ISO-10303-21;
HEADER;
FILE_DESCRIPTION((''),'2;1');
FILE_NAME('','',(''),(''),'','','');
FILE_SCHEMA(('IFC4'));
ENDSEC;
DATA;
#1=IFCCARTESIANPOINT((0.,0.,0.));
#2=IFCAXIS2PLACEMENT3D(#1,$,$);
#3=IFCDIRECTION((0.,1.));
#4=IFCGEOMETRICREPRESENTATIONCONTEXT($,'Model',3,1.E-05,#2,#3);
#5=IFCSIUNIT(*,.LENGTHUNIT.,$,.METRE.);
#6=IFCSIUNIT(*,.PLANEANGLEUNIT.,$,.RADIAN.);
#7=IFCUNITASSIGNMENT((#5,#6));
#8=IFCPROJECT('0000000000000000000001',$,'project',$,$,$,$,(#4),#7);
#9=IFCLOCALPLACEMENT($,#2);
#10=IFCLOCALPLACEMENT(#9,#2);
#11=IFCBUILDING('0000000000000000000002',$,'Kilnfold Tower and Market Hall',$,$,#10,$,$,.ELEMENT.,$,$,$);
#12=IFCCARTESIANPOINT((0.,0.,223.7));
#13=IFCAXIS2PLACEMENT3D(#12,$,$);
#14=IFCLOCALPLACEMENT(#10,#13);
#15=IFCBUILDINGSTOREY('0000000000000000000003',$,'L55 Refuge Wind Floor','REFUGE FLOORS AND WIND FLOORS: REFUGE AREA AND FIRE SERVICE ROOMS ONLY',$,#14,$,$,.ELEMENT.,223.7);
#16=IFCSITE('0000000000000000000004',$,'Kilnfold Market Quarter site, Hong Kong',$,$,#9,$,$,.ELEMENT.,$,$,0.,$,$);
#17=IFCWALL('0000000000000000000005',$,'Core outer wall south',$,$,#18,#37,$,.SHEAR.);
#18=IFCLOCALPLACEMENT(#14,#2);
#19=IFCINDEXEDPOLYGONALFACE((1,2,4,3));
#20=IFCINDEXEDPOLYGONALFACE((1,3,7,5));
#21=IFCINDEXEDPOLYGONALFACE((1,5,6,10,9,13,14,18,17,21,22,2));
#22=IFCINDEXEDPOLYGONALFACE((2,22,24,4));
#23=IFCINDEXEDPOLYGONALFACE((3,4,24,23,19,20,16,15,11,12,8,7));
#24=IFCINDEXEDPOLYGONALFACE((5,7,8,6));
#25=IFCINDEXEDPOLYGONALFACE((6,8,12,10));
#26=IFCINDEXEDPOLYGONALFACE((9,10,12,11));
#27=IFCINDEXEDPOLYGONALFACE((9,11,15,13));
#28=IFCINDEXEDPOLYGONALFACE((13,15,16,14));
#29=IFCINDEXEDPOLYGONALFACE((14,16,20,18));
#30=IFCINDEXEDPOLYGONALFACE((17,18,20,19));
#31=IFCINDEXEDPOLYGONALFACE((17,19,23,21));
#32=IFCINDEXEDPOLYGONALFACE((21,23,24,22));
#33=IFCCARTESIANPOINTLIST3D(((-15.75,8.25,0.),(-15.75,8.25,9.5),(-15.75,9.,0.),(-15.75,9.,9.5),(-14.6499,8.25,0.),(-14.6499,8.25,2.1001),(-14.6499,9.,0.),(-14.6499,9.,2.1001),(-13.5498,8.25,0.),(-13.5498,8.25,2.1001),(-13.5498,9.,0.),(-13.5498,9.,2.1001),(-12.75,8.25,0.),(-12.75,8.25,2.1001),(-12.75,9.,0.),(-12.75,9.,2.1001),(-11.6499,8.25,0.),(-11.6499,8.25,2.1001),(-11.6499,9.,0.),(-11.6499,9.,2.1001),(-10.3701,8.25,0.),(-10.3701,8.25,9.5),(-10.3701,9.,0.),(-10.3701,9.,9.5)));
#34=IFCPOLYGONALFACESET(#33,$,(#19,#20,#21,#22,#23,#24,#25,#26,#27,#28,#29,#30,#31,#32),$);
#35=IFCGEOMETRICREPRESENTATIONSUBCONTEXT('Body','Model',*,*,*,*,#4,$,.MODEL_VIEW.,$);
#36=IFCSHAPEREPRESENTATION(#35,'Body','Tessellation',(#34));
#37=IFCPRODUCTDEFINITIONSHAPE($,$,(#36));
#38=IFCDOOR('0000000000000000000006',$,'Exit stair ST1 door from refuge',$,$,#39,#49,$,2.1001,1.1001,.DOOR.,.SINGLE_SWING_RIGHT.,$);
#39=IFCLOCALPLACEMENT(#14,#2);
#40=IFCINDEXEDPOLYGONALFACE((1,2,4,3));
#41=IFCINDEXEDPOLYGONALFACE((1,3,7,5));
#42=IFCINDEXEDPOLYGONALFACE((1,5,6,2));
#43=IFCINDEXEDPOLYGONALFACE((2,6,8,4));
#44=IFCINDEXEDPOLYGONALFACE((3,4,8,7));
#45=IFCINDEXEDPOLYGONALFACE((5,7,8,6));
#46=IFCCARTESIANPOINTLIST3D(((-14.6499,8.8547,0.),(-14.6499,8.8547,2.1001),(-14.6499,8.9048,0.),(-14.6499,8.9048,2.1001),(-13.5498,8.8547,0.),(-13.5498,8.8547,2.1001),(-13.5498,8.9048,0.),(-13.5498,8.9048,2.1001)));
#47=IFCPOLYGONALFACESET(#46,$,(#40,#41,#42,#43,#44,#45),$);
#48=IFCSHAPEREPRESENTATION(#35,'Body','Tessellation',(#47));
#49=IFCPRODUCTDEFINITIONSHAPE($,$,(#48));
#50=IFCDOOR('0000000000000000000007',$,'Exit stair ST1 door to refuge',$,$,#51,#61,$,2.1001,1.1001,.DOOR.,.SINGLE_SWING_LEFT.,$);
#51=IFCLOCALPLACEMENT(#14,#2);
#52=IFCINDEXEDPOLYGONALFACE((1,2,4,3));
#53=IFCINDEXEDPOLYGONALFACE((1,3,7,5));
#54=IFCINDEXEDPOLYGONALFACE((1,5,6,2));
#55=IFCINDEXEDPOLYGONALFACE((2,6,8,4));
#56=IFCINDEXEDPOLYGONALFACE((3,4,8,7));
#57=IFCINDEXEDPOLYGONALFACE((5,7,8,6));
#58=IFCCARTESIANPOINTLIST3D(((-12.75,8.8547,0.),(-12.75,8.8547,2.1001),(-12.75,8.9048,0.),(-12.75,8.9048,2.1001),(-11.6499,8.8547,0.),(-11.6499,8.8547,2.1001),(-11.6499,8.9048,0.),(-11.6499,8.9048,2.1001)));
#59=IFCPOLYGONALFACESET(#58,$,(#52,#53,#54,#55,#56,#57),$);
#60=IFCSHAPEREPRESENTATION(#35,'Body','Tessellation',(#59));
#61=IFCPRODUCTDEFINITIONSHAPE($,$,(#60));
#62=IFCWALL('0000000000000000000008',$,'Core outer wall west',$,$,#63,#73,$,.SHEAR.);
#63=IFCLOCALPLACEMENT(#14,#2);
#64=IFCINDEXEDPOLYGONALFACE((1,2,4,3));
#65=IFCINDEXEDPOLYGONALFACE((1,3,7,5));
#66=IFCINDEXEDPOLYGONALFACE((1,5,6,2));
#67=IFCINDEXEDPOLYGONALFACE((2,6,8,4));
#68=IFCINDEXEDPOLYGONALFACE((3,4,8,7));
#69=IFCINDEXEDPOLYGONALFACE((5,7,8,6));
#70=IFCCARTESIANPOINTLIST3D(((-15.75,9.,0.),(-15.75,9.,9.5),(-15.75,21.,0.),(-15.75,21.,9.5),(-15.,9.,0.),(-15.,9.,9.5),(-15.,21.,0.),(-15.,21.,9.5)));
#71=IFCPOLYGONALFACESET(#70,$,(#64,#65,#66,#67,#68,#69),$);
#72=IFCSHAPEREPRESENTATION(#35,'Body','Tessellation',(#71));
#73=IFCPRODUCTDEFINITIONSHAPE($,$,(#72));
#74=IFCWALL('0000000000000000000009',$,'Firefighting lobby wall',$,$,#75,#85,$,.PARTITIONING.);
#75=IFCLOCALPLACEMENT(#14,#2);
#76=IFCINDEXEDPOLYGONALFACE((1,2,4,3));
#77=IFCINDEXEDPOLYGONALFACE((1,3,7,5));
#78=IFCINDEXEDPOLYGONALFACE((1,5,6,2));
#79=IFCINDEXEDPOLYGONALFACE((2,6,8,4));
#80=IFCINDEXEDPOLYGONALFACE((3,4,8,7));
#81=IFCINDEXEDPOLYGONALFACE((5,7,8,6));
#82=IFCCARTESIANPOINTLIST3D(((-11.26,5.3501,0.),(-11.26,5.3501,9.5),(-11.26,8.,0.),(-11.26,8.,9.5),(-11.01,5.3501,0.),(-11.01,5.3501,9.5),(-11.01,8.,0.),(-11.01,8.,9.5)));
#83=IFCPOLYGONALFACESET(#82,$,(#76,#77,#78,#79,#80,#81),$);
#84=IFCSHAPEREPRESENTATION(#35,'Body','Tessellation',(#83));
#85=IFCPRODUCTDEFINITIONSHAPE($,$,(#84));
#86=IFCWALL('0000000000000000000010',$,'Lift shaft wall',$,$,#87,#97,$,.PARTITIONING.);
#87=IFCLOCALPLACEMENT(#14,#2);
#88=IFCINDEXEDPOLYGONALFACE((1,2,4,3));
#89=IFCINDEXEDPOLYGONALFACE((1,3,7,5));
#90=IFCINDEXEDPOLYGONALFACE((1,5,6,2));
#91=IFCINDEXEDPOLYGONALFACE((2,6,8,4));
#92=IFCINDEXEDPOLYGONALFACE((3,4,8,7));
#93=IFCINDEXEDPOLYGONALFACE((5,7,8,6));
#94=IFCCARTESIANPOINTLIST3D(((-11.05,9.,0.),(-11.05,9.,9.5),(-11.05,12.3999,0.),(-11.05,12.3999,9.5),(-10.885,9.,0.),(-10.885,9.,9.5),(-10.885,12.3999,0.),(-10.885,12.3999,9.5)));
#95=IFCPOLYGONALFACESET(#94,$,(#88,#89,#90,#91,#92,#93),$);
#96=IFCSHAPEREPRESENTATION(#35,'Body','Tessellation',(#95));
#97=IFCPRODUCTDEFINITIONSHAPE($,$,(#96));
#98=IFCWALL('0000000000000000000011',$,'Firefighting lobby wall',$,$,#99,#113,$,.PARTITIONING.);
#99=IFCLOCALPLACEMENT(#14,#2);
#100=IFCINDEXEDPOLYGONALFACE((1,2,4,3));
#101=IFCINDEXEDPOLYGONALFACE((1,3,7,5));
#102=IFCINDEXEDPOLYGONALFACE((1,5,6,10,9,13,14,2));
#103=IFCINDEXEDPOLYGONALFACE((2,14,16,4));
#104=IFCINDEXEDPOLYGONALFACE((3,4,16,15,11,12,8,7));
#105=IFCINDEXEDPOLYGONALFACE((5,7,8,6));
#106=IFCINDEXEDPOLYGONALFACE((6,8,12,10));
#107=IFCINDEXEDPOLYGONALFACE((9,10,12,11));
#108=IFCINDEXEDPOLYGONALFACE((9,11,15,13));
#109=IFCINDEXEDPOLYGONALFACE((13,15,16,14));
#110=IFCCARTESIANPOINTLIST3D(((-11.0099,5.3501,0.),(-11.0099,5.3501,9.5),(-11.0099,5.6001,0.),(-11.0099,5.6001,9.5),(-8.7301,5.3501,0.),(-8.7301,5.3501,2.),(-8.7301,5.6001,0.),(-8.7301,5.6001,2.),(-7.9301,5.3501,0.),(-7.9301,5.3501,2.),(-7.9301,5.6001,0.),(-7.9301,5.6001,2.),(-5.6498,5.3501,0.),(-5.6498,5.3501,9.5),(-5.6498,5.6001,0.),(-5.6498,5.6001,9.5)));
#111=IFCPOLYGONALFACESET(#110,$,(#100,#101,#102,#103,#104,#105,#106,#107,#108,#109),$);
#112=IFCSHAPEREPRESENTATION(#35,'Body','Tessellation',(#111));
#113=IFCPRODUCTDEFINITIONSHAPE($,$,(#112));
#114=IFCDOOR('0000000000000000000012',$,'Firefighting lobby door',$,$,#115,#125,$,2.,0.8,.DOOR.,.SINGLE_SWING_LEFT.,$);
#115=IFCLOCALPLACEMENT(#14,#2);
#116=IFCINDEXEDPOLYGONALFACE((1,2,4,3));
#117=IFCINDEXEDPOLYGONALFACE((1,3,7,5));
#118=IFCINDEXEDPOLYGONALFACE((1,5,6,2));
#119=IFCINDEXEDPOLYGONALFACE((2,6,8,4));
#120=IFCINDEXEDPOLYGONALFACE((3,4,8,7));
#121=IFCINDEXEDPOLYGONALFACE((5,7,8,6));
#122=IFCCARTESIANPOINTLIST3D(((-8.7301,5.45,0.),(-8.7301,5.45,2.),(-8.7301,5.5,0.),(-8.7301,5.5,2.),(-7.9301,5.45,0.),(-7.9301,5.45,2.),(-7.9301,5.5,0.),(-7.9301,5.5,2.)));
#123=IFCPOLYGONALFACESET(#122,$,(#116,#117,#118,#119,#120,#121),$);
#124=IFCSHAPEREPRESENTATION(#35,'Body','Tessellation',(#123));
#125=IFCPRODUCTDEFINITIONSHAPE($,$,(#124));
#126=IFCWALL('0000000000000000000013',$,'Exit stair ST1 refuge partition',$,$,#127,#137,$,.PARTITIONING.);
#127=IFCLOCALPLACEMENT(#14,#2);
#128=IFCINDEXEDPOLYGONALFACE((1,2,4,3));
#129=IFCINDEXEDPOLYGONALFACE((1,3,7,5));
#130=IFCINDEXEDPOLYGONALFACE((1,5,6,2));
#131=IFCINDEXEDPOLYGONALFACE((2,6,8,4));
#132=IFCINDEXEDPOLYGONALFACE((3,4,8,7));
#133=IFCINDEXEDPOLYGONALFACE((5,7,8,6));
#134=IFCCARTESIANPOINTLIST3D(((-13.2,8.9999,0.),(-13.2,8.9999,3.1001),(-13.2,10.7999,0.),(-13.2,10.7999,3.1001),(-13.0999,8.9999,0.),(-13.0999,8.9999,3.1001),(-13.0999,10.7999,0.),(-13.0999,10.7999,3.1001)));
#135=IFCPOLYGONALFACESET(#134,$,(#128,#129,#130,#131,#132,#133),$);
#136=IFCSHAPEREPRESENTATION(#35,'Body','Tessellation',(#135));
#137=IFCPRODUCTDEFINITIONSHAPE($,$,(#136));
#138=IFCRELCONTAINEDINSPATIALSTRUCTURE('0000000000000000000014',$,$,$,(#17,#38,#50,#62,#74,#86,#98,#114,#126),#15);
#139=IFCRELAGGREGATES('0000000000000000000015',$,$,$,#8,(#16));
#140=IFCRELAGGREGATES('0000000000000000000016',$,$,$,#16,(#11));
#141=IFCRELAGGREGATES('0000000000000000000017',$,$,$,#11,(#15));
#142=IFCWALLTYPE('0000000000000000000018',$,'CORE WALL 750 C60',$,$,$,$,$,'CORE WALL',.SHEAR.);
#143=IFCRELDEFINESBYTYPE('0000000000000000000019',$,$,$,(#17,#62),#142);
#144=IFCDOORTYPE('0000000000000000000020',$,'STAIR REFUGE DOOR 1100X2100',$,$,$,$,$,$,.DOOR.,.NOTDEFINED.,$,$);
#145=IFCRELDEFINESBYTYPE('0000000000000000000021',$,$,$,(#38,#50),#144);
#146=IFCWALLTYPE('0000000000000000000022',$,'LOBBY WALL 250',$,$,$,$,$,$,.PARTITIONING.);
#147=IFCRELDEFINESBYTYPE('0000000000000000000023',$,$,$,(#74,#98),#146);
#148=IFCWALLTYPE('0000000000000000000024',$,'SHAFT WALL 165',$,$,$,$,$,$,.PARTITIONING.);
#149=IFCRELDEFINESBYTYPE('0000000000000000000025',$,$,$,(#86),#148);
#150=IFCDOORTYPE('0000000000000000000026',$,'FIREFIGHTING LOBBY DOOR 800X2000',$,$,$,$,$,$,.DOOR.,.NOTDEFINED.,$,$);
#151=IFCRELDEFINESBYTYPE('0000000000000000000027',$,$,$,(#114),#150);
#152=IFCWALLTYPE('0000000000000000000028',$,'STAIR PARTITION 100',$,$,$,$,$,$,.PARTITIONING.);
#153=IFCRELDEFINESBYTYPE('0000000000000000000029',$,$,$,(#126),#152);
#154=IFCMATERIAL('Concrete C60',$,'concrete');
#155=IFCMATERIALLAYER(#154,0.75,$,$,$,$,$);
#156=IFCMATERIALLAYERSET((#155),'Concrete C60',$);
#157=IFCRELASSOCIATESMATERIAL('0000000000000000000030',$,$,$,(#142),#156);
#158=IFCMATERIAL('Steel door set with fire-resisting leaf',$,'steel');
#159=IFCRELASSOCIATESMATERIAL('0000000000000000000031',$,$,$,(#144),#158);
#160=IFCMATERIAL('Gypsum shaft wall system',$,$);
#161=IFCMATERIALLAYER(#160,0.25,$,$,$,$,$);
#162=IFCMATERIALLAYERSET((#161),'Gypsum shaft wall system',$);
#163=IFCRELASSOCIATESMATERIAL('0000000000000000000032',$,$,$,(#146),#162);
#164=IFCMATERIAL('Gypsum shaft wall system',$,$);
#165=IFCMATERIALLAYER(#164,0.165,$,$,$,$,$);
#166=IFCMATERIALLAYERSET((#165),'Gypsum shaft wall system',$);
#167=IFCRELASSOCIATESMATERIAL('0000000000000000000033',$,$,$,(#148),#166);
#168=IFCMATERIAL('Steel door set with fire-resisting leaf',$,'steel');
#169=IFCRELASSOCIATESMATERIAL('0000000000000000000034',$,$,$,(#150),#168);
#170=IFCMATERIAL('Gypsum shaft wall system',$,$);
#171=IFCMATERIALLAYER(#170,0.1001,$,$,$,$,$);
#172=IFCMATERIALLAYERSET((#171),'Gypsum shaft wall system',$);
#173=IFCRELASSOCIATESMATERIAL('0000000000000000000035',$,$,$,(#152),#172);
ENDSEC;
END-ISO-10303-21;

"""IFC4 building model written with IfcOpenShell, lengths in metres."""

from ifc_helpers import new_model, si_unit, direction, frame, frame_2d, origin, place, context, subcontext, project, spatial, rectangle, extrude, source, transform, mapped, material, layer, layer_set, type_object, element, fill, save


model = new_model("IFC4")

# Units and contexts
model_context = context("Model", 3, precision=1e-05, world=origin(), true_north=direction((0.0, 1.0)))
body_context = subcontext(model_context, "Body", "Model", "MODEL_VIEW")
ifc_project = project(units=[si_unit("LENGTHUNIT", "METRE"), si_unit("PLANEANGLEUNIT", "RADIAN")], contexts=[model_context])

# Site, building, storey
site_placement = place(None, origin())
site = spatial("IfcSite", under=ifc_project, at=site_placement, Name="Kilnfold Market Quarter site, Hong Kong", CompositionType="ELEMENT", RefElevation=0.0)
building_placement = place(site_placement, origin())
building = spatial("IfcBuilding", under=site, at=building_placement, Name="Kilnfold Tower and Market Hall", CompositionType="ELEMENT")
storey_placement = place(building_placement, frame((0.0, 0.0, 223.7)))
storey = spatial("IfcBuildingStorey", under=building, at=storey_placement, Name="L55 Refuge Wind Floor", Description="REFUGE FLOORS AND WIND FLOORS: REFUGE AREA AND FIRE SERVICE ROOMS ONLY", CompositionType="ELEMENT", Elevation=223.7)

# Wall, openings, doors
ifc_material_1 = material(Name="Concrete C60", Category="concrete")
ifc_layer_1 = layer(ifc_material_1, 0.75)
ifc_layer_set_1 = layer_set([ifc_layer_1], Name="Concrete C60")
wall_type_1 = type_object("IfcWallType", Name="CORE WALL 750 C60", ElementType="CORE WALL", PredefinedType="SHEAR", material=ifc_layer_set_1)
shared_shape_1 = source(origin(), body_context, "Body", "SweptSolid", [
    extrude(rectangle(XDim=5.3799, YDim=0.75, at=frame_2d((2.6899, 0.0))), origin(), (0.0, 0.0, 1.0), 9.5),
])
wall_1_placement = place(storey_placement, frame((-15.75, 8.625, 0.0), z_axis=(0.0, 0.0, 1.0), x_axis=(1.0, 0.0, 0.0)))
wall_1 = element("IfcWall", 1, at=wall_1_placement, inside=storey, type_object=wall_type_1, Name="Core outer wall south", PredefinedType="SHEAR", context=body_context, shape_type="MappedRepresentation", body=[
    mapped(shared_shape_1, transform((0.0, 0.0, 0.0))),
])
opening_1_placement = place(wall_1_placement, frame((1.1001, 0.0, 0.0)))
opening_1 = element("IfcOpeningElement", 2, at=opening_1_placement, cuts=wall_1, PredefinedType="OPENING", context=body_context, shape_type="SweptSolid", body=[
    extrude(rectangle(XDim=1.1001, YDim=2.1001, at=frame_2d((0.55, 1.05))), frame((0.0, 0.385, 0.0), z_axis=(0.0, -1.0, 0.0), x_axis=(1.0, 0.0, 0.0)), (0.0, 0.0, 1.0), 0.77),
])
opening_2_placement = place(wall_1_placement, frame((3.0, 0.0, 0.0)))
opening_2 = element("IfcOpeningElement", 3, at=opening_2_placement, cuts=wall_1, PredefinedType="OPENING", context=body_context, shape_type="SweptSolid", body=[
    extrude(rectangle(XDim=1.1001, YDim=2.1001, at=frame_2d((0.55, 1.05))), frame((0.0, 0.385, 0.0), z_axis=(0.0, -1.0, 0.0), x_axis=(1.0, 0.0, 0.0)), (0.0, 0.0, 1.0), 0.77),
])
ifc_material_2 = material(Name="Steel door set with fire-resisting leaf", Category="steel")
door_type_1 = type_object("IfcDoorType", Name="STAIR REFUGE DOOR 1100X2100", OperationType="NOTDEFINED", PredefinedType="DOOR", material=ifc_material_2)
door_1_placement = place(opening_1_placement, origin())
door_1 = element("IfcDoor", 4, at=door_1_placement, inside=storey, type_object=door_type_1, Name="Exit stair ST1 door from refuge", OperationType="SINGLE_SWING_RIGHT", OverallHeight=2.1001, OverallWidth=1.1001, PredefinedType="DOOR", context=body_context, shape_type="SweptSolid", body=[
    extrude(rectangle(XDim=1.1001, YDim=2.1001, at=frame_2d((0.55, 1.05))), frame((0.0, 0.2798, 0.0), z_axis=(0.0, -1.0, 0.0), x_axis=(1.0, 0.0, 0.0)), (0.0, 0.0, 1.0), 0.05),
])
fill(opening_1, door_1)
door_2_placement = place(opening_2_placement, origin())
door_2 = element("IfcDoor", 5, at=door_2_placement, inside=storey, type_object=door_type_1, Name="Exit stair ST1 door to refuge", OperationType="SINGLE_SWING_LEFT", OverallHeight=2.1001, OverallWidth=1.1001, PredefinedType="DOOR", context=body_context, shape_type="SweptSolid", body=[
    extrude(rectangle(XDim=1.1001, YDim=2.1001, at=frame_2d((0.55, 1.05))), frame((0.0, 0.2798, 0.0), z_axis=(0.0, -1.0, 0.0), x_axis=(1.0, 0.0, 0.0)), (0.0, 0.0, 1.0), 0.05),
])
fill(opening_2, door_2)

# Walls
shared_shape_2 = source(origin(), body_context, "Body", "SweptSolid", [
    extrude(rectangle(XDim=12.0, YDim=0.75, at=frame_2d((6.0, 0.0))), origin(), (0.0, 0.0, 1.0), 9.5),
])
wall_2_placement = place(storey_placement, frame((-15.375, 9.0, 0.0), z_axis=(0.0, 0.0, 1.0), x_axis=(0.0, 1.0, 0.0)))
element("IfcWall", 6, at=wall_2_placement, inside=storey, type_object=wall_type_1, Name="Core outer wall west", PredefinedType="SHEAR", context=body_context, shape_type="MappedRepresentation", body=[
    mapped(shared_shape_2, transform((0.0, 0.0, 0.0))),
])
ifc_material_3 = material(Name="Gypsum shaft wall system")
ifc_layer_2 = layer(ifc_material_3, 0.25)
ifc_layer_set_2 = layer_set([ifc_layer_2], Name="Gypsum shaft wall system")
wall_type_2 = type_object("IfcWallType", Name="LOBBY WALL 250", PredefinedType="PARTITIONING", material=ifc_layer_set_2)
shared_shape_3 = source(origin(), body_context, "Body", "SweptSolid", [
    extrude(rectangle(XDim=2.6499, YDim=0.25, at=frame_2d((1.325, 0.0))), origin(), (0.0, 0.0, 1.0), 9.5),
])
wall_3_placement = place(storey_placement, frame((-11.135, 5.3501, 0.0), z_axis=(0.0, 0.0, 1.0), x_axis=(0.0, 1.0, 0.0)))
element("IfcWall", 7, at=wall_3_placement, inside=storey, type_object=wall_type_2, Name="Firefighting lobby wall", PredefinedType="PARTITIONING", context=body_context, shape_type="MappedRepresentation", body=[
    mapped(shared_shape_3, transform((0.0, 0.0, 0.0))),
])
ifc_material_4 = material(Name="Gypsum shaft wall system")
ifc_layer_3 = layer(ifc_material_4, 0.165)
ifc_layer_set_3 = layer_set([ifc_layer_3], Name="Gypsum shaft wall system")
wall_type_3 = type_object("IfcWallType", Name="SHAFT WALL 165", PredefinedType="PARTITIONING", material=ifc_layer_set_3)
shared_shape_4 = source(origin(), body_context, "Body", "SweptSolid", [
    extrude(rectangle(XDim=3.3999, YDim=0.165, at=frame_2d((1.7, 0.0))), origin(), (0.0, 0.0, 1.0), 9.5),
])
wall_4_placement = place(storey_placement, frame((-10.9675, 9.0, 0.0), z_axis=(0.0, 0.0, 1.0), x_axis=(0.0, 1.0, 0.0)))
element("IfcWall", 8, at=wall_4_placement, inside=storey, type_object=wall_type_3, Name="Lift shaft wall", PredefinedType="PARTITIONING", context=body_context, shape_type="MappedRepresentation", body=[
    mapped(shared_shape_4, transform((0.0, 0.0, 0.0))),
])

# Wall, opening, door
shared_shape_5 = source(origin(), body_context, "Body", "SweptSolid", [
    extrude(rectangle(XDim=5.3601, YDim=0.25, at=frame_2d((2.6802, 0.0))), origin(), (0.0, 0.0, 1.0), 9.5),
])
wall_5_placement = place(storey_placement, frame((-11.01, 5.4751, 0.0), z_axis=(0.0, 0.0, 1.0), x_axis=(1.0, 0.0, 0.0)))
wall_5 = element("IfcWall", 9, at=wall_5_placement, inside=storey, type_object=wall_type_2, Name="Firefighting lobby wall", PredefinedType="PARTITIONING", context=body_context, shape_type="MappedRepresentation", body=[
    mapped(shared_shape_5, transform((0.0, 0.0, 0.0))),
])
opening_3_placement = place(wall_5_placement, frame((2.28, 0.0, 0.0)))
opening_3 = element("IfcOpeningElement", 10, at=opening_3_placement, cuts=wall_5, PredefinedType="OPENING", context=body_context, shape_type="SweptSolid", body=[
    extrude(rectangle(XDim=0.8, YDim=2.0, at=frame_2d((0.3999, 1.0))), frame((0.0, 0.135, 0.0), z_axis=(0.0, -1.0, 0.0), x_axis=(1.0, 0.0, 0.0)), (0.0, 0.0, 1.0), 0.27),
])
ifc_material_5 = material(Name="Steel door set with fire-resisting leaf", Category="steel")
door_type_2 = type_object("IfcDoorType", Name="FIREFIGHTING LOBBY DOOR 800X2000", OperationType="NOTDEFINED", PredefinedType="DOOR", material=ifc_material_5)
door_3_placement = place(opening_3_placement, origin())
door_3 = element("IfcDoor", 11, at=door_3_placement, inside=storey, type_object=door_type_2, Name="Firefighting lobby door", OperationType="SINGLE_SWING_LEFT", OverallHeight=2.0, OverallWidth=0.8, PredefinedType="DOOR", context=body_context, shape_type="SweptSolid", body=[
    extrude(rectangle(XDim=0.8, YDim=2.0, at=frame_2d((0.3999, 1.0))), frame((0.0, 0.0249, 0.0), z_axis=(0.0, -1.0, 0.0), x_axis=(1.0, 0.0, 0.0)), (0.0, 0.0, 1.0), 0.05),
])
fill(opening_3, door_3)

# Wall
ifc_material_6 = material(Name="Gypsum shaft wall system")
ifc_layer_4 = layer(ifc_material_6, 0.1001)
ifc_layer_set_4 = layer_set([ifc_layer_4], Name="Gypsum shaft wall system")
wall_type_4 = type_object("IfcWallType", Name="STAIR PARTITION 100", PredefinedType="PARTITIONING", material=ifc_layer_set_4)
shared_shape_6 = source(origin(), body_context, "Body", "SweptSolid", [
    extrude(rectangle(XDim=1.8, YDim=0.1001, at=frame_2d((0.8999, 0.0))), origin(), (0.0, 0.0, 1.0), 3.1001),
])
wall_6_placement = place(storey_placement, frame((-13.1499, 9.0, 0.0), z_axis=(0.0, 0.0, 1.0), x_axis=(0.0, 1.0, 0.0)))
element("IfcWall", 12, at=wall_6_placement, inside=storey, type_object=wall_type_4, Name="Exit stair ST1 refuge partition", PredefinedType="PARTITIONING", context=body_context, shape_type="MappedRepresentation", body=[
    mapped(shared_shape_6, transform((0.0, 0.0, 0.0))),
])

save(model, "model.ifc")
